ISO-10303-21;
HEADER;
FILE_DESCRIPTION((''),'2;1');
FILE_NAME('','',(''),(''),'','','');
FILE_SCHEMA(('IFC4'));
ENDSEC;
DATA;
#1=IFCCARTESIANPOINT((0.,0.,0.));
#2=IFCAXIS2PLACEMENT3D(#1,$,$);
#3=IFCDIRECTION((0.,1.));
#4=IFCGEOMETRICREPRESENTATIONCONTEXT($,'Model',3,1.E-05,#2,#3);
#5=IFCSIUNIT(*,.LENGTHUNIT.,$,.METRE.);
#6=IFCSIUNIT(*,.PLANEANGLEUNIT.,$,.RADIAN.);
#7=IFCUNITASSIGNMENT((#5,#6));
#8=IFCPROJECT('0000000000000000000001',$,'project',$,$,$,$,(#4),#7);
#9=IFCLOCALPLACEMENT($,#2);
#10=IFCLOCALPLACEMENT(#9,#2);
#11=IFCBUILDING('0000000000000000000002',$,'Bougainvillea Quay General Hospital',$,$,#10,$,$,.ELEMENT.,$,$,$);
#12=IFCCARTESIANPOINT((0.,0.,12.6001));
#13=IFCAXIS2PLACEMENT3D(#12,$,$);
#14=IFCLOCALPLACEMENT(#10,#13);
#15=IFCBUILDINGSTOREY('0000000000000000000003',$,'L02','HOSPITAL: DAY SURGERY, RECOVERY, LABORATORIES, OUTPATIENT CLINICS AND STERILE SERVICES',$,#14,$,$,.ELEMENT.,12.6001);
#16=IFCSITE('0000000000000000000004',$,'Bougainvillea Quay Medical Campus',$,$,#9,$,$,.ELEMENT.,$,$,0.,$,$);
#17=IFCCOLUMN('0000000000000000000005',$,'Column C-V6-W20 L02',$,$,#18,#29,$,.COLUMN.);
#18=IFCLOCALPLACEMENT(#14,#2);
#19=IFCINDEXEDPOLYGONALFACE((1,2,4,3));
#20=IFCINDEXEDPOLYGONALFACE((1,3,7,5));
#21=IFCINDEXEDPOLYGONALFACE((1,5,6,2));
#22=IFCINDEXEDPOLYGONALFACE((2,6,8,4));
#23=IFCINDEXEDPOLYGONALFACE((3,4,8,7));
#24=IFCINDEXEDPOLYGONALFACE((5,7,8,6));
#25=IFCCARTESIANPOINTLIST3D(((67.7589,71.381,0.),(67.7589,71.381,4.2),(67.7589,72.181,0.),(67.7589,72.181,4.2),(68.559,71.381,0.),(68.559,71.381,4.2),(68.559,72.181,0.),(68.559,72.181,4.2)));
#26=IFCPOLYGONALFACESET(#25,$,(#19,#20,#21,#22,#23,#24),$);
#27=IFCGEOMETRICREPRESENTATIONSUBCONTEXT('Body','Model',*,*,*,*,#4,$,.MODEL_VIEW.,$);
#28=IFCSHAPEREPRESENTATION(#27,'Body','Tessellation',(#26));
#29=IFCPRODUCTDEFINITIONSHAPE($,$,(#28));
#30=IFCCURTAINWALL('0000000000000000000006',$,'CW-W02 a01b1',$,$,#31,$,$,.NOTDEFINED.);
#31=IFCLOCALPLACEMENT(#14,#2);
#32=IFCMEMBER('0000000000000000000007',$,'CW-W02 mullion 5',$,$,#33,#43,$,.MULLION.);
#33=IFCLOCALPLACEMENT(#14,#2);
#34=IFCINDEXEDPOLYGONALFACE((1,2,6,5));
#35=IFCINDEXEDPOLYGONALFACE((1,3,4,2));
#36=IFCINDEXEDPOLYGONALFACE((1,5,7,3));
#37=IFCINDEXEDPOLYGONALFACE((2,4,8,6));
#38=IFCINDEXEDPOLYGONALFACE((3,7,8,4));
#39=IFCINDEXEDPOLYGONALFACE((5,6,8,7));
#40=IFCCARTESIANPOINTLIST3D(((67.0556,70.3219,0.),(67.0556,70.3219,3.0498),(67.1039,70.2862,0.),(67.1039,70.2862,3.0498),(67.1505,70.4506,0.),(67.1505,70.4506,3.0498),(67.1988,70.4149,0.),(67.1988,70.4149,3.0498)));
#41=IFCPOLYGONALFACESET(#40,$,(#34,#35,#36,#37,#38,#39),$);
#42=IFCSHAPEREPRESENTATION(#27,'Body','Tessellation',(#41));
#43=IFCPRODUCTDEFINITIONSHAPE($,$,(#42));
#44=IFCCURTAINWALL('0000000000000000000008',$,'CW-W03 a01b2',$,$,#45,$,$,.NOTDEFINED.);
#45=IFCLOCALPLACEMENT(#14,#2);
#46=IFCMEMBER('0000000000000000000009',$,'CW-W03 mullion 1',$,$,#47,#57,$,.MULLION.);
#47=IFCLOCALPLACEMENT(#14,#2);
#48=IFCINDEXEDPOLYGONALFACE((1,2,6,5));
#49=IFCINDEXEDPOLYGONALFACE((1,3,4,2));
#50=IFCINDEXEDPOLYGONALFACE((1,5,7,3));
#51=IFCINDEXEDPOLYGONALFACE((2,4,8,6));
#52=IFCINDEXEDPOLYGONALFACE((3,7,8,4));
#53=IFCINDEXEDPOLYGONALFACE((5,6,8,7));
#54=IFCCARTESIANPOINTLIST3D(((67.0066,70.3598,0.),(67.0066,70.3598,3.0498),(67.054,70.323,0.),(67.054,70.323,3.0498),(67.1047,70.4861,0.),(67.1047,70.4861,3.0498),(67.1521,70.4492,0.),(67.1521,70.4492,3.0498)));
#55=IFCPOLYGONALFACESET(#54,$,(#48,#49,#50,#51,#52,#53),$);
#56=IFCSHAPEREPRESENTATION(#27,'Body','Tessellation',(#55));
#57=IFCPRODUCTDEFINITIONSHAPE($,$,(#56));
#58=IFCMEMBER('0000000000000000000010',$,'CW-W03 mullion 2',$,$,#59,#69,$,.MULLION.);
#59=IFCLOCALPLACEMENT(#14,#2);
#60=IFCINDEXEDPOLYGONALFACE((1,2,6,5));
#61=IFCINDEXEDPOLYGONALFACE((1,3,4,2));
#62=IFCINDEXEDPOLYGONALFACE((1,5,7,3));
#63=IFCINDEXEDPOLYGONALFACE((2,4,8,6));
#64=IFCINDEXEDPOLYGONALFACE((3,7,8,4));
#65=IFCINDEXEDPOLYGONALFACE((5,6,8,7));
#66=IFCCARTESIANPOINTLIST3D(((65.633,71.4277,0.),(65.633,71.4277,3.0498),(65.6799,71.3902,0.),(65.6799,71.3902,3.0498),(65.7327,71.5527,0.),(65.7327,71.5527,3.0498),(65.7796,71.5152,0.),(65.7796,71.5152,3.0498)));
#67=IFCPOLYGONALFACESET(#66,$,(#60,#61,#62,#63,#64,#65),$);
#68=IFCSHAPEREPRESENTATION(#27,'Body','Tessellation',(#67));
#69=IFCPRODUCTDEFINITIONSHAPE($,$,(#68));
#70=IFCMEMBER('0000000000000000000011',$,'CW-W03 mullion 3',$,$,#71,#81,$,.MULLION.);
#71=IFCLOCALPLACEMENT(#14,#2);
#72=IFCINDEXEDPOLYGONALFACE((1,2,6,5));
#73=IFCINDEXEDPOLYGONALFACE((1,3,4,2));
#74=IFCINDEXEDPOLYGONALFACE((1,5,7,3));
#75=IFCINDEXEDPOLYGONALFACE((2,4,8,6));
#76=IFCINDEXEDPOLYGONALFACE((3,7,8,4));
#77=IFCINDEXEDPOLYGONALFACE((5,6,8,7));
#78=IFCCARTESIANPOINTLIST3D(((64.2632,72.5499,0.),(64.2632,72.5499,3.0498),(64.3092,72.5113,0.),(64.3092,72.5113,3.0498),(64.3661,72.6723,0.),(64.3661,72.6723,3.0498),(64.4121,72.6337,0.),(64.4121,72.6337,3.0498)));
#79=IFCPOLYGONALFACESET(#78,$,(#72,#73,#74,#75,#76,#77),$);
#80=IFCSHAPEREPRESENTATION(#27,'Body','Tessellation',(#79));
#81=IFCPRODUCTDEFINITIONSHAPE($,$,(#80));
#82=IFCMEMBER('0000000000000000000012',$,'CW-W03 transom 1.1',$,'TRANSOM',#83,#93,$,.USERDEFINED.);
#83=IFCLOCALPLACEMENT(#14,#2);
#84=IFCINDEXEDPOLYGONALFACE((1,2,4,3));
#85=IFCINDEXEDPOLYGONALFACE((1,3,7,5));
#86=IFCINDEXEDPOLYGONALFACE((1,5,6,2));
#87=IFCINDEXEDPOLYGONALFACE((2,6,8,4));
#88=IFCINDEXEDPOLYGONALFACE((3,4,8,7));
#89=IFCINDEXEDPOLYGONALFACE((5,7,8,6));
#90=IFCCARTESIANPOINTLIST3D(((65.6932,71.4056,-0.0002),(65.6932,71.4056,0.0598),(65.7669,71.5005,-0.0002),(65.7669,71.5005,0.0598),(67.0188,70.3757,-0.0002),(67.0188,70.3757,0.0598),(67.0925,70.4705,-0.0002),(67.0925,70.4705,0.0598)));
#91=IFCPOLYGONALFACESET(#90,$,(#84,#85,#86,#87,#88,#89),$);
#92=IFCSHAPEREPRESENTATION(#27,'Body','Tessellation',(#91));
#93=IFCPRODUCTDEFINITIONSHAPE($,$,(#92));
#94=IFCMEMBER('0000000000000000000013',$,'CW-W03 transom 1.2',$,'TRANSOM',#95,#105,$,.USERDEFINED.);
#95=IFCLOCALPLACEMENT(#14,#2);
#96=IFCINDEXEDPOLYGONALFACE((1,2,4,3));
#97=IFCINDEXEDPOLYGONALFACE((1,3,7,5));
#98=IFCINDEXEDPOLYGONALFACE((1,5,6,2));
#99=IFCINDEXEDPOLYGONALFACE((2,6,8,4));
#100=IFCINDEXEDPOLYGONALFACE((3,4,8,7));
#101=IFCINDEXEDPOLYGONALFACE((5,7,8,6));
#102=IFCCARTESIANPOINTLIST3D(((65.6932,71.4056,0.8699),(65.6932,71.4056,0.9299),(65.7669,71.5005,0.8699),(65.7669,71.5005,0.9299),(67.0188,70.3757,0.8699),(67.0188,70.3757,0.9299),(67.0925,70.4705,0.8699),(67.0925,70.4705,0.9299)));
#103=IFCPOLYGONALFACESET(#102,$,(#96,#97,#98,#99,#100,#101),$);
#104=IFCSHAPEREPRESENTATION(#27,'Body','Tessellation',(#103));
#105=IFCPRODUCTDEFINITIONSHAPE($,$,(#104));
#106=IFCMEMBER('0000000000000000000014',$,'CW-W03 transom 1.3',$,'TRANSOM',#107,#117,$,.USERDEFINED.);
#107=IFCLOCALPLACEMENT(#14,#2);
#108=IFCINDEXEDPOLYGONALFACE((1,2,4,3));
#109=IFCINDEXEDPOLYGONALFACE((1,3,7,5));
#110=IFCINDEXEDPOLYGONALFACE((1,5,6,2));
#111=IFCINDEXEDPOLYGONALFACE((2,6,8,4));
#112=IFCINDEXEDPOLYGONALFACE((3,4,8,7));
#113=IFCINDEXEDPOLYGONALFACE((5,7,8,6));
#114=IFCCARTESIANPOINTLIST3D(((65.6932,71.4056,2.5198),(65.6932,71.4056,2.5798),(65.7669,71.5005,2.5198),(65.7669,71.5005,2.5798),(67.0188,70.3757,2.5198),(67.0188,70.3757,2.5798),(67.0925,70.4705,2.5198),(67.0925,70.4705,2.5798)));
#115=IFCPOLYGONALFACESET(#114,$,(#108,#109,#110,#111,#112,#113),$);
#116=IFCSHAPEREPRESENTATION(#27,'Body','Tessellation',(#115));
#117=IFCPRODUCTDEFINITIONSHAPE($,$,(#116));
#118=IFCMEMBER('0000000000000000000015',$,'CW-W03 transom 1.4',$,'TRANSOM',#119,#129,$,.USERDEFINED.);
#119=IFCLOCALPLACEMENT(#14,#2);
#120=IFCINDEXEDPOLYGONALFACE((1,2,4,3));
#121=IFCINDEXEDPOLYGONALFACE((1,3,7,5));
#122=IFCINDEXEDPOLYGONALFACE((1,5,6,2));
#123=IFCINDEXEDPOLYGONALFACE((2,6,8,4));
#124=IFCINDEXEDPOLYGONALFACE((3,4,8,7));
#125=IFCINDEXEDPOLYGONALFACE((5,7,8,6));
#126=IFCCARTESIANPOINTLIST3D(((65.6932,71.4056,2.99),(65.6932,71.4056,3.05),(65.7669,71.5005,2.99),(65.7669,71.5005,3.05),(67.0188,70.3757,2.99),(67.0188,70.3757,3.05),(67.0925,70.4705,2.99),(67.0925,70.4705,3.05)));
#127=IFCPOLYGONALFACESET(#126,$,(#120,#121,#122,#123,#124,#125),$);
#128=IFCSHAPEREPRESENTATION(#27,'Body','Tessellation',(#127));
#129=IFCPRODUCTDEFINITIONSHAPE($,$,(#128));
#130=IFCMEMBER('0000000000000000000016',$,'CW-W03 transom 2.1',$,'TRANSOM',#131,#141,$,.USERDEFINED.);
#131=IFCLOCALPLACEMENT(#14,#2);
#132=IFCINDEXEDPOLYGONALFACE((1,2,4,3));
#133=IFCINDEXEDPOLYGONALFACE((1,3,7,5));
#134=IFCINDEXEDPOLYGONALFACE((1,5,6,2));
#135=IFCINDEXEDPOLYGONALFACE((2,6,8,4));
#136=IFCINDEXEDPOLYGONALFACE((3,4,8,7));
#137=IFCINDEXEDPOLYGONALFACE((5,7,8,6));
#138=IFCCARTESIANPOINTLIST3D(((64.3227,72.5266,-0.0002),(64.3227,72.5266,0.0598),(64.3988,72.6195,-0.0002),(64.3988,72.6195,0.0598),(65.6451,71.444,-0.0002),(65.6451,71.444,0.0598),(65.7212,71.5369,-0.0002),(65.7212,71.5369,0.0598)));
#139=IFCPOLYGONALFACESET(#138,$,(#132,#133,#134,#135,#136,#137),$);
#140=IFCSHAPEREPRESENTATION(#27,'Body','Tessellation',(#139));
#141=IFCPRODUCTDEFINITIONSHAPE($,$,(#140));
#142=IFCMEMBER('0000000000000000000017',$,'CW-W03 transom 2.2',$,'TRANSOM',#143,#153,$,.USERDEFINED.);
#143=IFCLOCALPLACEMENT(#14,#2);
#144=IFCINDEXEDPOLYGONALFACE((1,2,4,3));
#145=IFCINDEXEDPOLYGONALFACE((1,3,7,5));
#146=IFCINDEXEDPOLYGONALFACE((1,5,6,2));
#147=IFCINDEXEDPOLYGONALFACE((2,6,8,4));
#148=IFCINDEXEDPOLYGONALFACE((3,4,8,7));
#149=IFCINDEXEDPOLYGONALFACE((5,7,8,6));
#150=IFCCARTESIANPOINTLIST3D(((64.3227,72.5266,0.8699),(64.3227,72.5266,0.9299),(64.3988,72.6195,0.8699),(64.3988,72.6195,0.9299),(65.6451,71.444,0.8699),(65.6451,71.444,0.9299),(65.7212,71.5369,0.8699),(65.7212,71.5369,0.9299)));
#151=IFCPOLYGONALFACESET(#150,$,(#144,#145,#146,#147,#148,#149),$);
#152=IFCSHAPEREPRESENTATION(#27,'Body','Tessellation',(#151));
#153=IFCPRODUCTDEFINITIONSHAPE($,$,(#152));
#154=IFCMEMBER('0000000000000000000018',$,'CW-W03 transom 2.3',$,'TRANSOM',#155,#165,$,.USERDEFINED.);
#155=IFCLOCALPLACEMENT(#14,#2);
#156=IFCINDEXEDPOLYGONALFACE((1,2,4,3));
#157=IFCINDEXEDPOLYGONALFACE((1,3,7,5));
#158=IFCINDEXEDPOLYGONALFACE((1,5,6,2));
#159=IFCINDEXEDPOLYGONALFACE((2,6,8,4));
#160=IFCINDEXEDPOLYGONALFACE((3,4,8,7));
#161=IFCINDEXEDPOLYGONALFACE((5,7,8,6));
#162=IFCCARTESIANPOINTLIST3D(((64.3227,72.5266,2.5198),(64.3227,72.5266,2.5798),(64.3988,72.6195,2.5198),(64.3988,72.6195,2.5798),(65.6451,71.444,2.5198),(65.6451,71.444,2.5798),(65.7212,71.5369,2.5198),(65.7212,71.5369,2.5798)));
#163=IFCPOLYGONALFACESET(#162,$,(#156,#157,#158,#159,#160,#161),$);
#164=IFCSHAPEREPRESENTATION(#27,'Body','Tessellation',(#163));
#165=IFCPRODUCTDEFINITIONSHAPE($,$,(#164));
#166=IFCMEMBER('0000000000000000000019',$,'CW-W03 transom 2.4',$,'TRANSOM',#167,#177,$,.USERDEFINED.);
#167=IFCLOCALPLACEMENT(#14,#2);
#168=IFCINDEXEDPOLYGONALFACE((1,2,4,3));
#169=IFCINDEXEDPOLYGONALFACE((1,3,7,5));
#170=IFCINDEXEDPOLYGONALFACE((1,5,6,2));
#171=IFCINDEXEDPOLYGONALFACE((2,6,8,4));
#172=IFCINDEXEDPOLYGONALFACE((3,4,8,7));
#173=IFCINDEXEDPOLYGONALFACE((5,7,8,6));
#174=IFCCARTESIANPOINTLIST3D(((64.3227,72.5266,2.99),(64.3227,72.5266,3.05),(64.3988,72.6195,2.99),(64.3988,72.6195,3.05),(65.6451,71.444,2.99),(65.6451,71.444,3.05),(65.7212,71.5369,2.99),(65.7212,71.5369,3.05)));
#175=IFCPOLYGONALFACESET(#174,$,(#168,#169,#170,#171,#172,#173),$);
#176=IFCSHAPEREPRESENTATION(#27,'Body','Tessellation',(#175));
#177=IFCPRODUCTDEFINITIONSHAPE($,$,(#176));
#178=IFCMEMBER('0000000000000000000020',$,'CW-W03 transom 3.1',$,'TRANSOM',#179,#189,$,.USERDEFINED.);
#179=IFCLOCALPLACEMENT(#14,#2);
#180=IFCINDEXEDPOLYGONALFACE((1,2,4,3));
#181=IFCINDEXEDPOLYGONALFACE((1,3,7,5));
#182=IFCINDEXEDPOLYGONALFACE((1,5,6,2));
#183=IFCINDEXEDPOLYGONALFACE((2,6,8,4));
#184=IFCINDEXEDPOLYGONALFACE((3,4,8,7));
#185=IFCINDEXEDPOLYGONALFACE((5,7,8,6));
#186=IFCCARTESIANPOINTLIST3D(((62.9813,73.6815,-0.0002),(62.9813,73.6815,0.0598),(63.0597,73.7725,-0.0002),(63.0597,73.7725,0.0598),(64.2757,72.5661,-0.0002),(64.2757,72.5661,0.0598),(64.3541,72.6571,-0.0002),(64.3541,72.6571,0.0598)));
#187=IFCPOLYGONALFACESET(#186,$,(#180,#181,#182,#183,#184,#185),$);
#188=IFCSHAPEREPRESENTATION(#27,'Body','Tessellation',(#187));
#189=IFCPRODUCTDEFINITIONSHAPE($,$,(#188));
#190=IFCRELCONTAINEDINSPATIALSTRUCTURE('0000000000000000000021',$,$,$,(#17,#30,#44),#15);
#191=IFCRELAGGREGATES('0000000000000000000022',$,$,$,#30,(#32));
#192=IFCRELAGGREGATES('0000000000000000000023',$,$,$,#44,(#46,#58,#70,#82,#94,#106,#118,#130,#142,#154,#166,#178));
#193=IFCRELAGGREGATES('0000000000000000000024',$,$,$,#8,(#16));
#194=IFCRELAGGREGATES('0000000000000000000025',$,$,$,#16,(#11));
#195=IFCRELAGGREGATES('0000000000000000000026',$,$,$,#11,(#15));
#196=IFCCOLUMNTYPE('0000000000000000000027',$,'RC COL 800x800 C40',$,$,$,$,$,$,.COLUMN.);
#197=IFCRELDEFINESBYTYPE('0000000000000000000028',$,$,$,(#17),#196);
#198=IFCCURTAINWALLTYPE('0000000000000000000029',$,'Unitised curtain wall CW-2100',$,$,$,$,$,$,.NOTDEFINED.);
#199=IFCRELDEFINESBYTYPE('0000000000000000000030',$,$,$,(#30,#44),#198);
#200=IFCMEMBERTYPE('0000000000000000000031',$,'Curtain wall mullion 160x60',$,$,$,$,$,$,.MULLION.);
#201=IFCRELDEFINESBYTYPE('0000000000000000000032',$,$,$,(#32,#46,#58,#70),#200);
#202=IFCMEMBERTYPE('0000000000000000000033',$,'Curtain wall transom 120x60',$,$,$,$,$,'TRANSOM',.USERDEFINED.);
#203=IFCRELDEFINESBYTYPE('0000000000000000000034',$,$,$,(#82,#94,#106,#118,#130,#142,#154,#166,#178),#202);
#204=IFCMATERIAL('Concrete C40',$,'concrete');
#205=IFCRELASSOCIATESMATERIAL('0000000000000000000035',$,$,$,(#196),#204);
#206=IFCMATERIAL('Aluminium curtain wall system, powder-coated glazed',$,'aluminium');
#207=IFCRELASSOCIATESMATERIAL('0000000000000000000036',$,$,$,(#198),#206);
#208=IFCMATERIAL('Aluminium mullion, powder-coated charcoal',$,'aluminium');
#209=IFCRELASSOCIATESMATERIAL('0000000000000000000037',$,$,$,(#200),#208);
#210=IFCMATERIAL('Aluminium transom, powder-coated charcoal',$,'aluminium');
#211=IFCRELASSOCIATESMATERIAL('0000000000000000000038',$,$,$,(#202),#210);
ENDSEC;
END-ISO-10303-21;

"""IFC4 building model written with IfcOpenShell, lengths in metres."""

from ifc_helpers import new_model, si_unit, direction, frame, origin, origin_2d, place, context, subcontext, project, spatial, rectangle, extrude, material, material_profile, profile_set, type_object, element, aggregate, save


model = new_model("IFC4")

# Units and contexts
model_context = context("Model", 3, precision=1e-05, world=origin(), true_north=direction((0.0, 1.0)))
body_context = subcontext(model_context, "Body", "Model", "MODEL_VIEW")
ifc_project = project(units=[si_unit("LENGTHUNIT", "METRE"), si_unit("PLANEANGLEUNIT", "RADIAN")], contexts=[model_context])

# Site, building, storey
site_placement = place(None, origin())
site = spatial("IfcSite", under=ifc_project, at=site_placement, Name="Bougainvillea Quay Medical Campus", CompositionType="ELEMENT", RefElevation=0.0)
building_placement = place(site_placement, origin())
building = spatial("IfcBuilding", under=site, at=building_placement, Name="Bougainvillea Quay General Hospital", CompositionType="ELEMENT")
storey_placement = place(building_placement, frame((0.0, 0.0, 12.6001)))
storey = spatial("IfcBuildingStorey", under=building, at=storey_placement, Name="L02", Description="HOSPITAL: DAY SURGERY, RECOVERY, LABORATORIES, OUTPATIENT CLINICS AND STERILE SERVICES", CompositionType="ELEMENT", Elevation=12.6001)

# Column
ifc_material_1 = material(Name="Concrete C40", Category="concrete")
ifc_material_profile_1 = material_profile(ifc_material_1, rectangle(XDim=0.8, YDim=0.8, at=origin_2d()))
ifc_profile_set_1 = profile_set([ifc_material_profile_1], Name="Concrete C40")
column_type = type_object("IfcColumnType", Name="RC COL 800x800 C40", PredefinedType="COLUMN", material=ifc_profile_set_1)
column_placement = place(storey_placement, frame((68.1589, 71.781, 0.0), z_axis=(0.0, 0.0, 1.0), x_axis=(1.0, 0.0, 0.0)))
element("IfcColumn", 1, at=column_placement, inside=storey, type_object=column_type, Name="Column C-V6-W20 L02", PredefinedType="COLUMN", context=body_context, shape_type="SweptSolid", body=[
    extrude(rectangle(XDim=0.8, YDim=0.8, at=origin_2d()), origin(), (0.0, 0.0, 1.0), 4.2),
])

# Curtain wall, member
ifc_material_2 = material(Name="Aluminium curtain wall system, powder-coated glazed", Category="aluminium")
curtain_wall_type = type_object("IfcCurtainWallType", Name="Unitised curtain wall CW-2100", PredefinedType="NOTDEFINED", material=ifc_material_2)
curtain_wall_1_placement = place(storey_placement, origin())
curtain_wall_1 = element("IfcCurtainWall", 2, at=curtain_wall_1_placement, inside=storey, type_object=curtain_wall_type, Name="CW-W02 a01b1", PredefinedType="NOTDEFINED")
ifc_material_3 = material(Name="Aluminium mullion, powder-coated charcoal", Category="aluminium")
ifc_material_profile_2 = material_profile(ifc_material_3, rectangle(XDim=0.1599, YDim=0.0601, at=origin_2d()))
ifc_profile_set_2 = profile_set([ifc_material_profile_2], Name="Aluminium mullion, powder-coated charcoal")
member_type_1 = type_object("IfcMemberType", Name="Curtain wall mullion 160x60", PredefinedType="MULLION", material=ifc_profile_set_2)
member_1_placement = place(storey_placement, frame((67.1272, 70.3684, 0.0), z_axis=(0.0, 0.0, 1.0), x_axis=(-0.593384, -0.80492, 0.0)))
member_1 = element("IfcMember", 3, at=member_1_placement, type_object=member_type_1, Name="CW-W02 mullion 5", PredefinedType="MULLION", context=body_context, shape_type="SweptSolid", body=[
    extrude(rectangle(XDim=0.1599, YDim=0.0601, at=origin_2d()), origin(), (0.0, 0.0, 1.0), 3.0498),
])
aggregate(curtain_wall_1, [member_1])

# Curtain wall, members
curtain_wall_2_placement = place(storey_placement, origin())
curtain_wall_2 = element("IfcCurtainWall", 4, at=curtain_wall_2_placement, inside=storey, type_object=curtain_wall_type, Name="CW-W03 a01b2", PredefinedType="NOTDEFINED")
member_2_placement = place(storey_placement, frame((67.0793, 70.4045, 0.0), z_axis=(0.0, 0.0, 1.0), x_axis=(-0.613603, -0.789614, 0.0)))
member_2 = element("IfcMember", 5, at=member_2_placement, type_object=member_type_1, Name="CW-W03 mullion 1", PredefinedType="MULLION", context=body_context, shape_type="SweptSolid", body=[
    extrude(rectangle(XDim=0.1599, YDim=0.0601, at=origin_2d()), origin(), (0.0, 0.0, 1.0), 3.0498),
])
member_3_placement = place(storey_placement, frame((65.7063, 71.4714, 0.0), z_axis=(0.0, 0.0, 1.0), x_axis=(-0.623566, -0.781771, 0.0)))
member_3 = element("IfcMember", 6, at=member_3_placement, type_object=member_type_1, Name="CW-W03 mullion 2", PredefinedType="MULLION", context=body_context, shape_type="SweptSolid", body=[
    extrude(rectangle(XDim=0.1599, YDim=0.0601, at=origin_2d()), origin(), (0.0, 0.0, 1.0), 3.0498),
])
member_4_placement = place(storey_placement, frame((64.3376, 72.5918, 0.0), z_axis=(0.0, 0.0, 1.0), x_axis=(-0.643189, -0.765708, 0.0)))
member_4 = element("IfcMember", 7, at=member_4_placement, type_object=member_type_1, Name="CW-W03 mullion 3", PredefinedType="MULLION", context=body_context, shape_type="SweptSolid", body=[
    extrude(rectangle(XDim=0.1599, YDim=0.0601, at=origin_2d()), origin(), (0.0, 0.0, 1.0), 3.0498),
])
ifc_material_4 = material(Name="Aluminium transom, powder-coated charcoal", Category="aluminium")
ifc_material_profile_3 = material_profile(ifc_material_4, rectangle(XDim=0.1201, YDim=0.0601, at=origin_2d()))
ifc_profile_set_3 = profile_set([ifc_material_profile_3], Name="Aluminium transom, powder-coated charcoal")
member_type_2 = type_object("IfcMemberType", Name="Curtain wall transom 120x60", ElementType="TRANSOM", PredefinedType="USERDEFINED", material=ifc_profile_set_3)
member_5_placement = place(storey_placement, frame((67.0557, 70.4231, 0.0298), z_axis=(-0.789658, 0.613548, 0.0), x_axis=(-0.613548, -0.789658, 0.0)))
member_5 = element("IfcMember", 8, at=member_5_placement, type_object=member_type_2, Name="CW-W03 transom 1.1", ObjectType="TRANSOM", PredefinedType="USERDEFINED", context=body_context, shape_type="SweptSolid", body=[
    extrude(rectangle(XDim=0.1201, YDim=0.0601, at=origin_2d()), origin(), (0.0, 0.0, 1.0), 1.6787),
])
member_6_placement = place(storey_placement, frame((67.0557, 70.4231, 0.8999), z_axis=(-0.789658, 0.613548, 0.0), x_axis=(-0.613548, -0.789658, 0.0)))
member_6 = element("IfcMember", 9, at=member_6_placement, type_object=member_type_2, Name="CW-W03 transom 1.2", ObjectType="TRANSOM", PredefinedType="USERDEFINED", context=body_context, shape_type="SweptSolid", body=[
    extrude(rectangle(XDim=0.1201, YDim=0.0601, at=origin_2d()), origin(), (0.0, 0.0, 1.0), 1.6787),
])
member_7_placement = place(storey_placement, frame((67.0557, 70.4231, 2.5498), z_axis=(-0.789658, 0.613548, 0.0), x_axis=(-0.613548, -0.789658, 0.0)))
member_7 = element("IfcMember", 10, at=member_7_placement, type_object=member_type_2, Name="CW-W03 transom 1.3", ObjectType="TRANSOM", PredefinedType="USERDEFINED", context=body_context, shape_type="SweptSolid", body=[
    extrude(rectangle(XDim=0.1201, YDim=0.0601, at=origin_2d()), origin(), (0.0, 0.0, 1.0), 1.6787),
])
member_8_placement = place(storey_placement, frame((67.0557, 70.4231, 3.02), z_axis=(-0.789658, 0.613548, 0.0), x_axis=(-0.613548, -0.789658, 0.0)))
member_8 = element("IfcMember", 11, at=member_8_placement, type_object=member_type_2, Name="CW-W03 transom 1.4", ObjectType="TRANSOM", PredefinedType="USERDEFINED", context=body_context, shape_type="SweptSolid", body=[
    extrude(rectangle(XDim=0.1201, YDim=0.0601, at=origin_2d()), origin(), (0.0, 0.0, 1.0), 1.6787),
])
member_9_placement = place(storey_placement, frame((65.6831, 71.4905, 0.0298), z_axis=(-0.773766, 0.633471, 0.0), x_axis=(-0.633471, -0.773766, 0.0)))
member_9 = element("IfcMember", 12, at=member_9_placement, type_object=member_type_2, Name="CW-W03 transom 2.1", ObjectType="TRANSOM", PredefinedType="USERDEFINED", context=body_context, shape_type="SweptSolid", body=[
    extrude(rectangle(XDim=0.1201, YDim=0.0601, at=origin_2d()), origin(), (0.0, 0.0, 1.0), 1.709),
])
member_10_placement = place(storey_placement, frame((65.6831, 71.4905, 0.8999), z_axis=(-0.773766, 0.633471, 0.0), x_axis=(-0.633471, -0.773766, 0.0)))
member_10 = element("IfcMember", 13, at=member_10_placement, type_object=member_type_2, Name="CW-W03 transom 2.2", ObjectType="TRANSOM", PredefinedType="USERDEFINED", context=body_context, shape_type="SweptSolid", body=[
    extrude(rectangle(XDim=0.1201, YDim=0.0601, at=origin_2d()), origin(), (0.0, 0.0, 1.0), 1.709),
])
member_11_placement = place(storey_placement, frame((65.6831, 71.4905, 2.5498), z_axis=(-0.773766, 0.633471, 0.0), x_axis=(-0.633471, -0.773766, 0.0)))
member_11 = element("IfcMember", 14, at=member_11_placement, type_object=member_type_2, Name="CW-W03 transom 2.3", ObjectType="TRANSOM", PredefinedType="USERDEFINED", context=body_context, shape_type="SweptSolid", body=[
    extrude(rectangle(XDim=0.1201, YDim=0.0601, at=origin_2d()), origin(), (0.0, 0.0, 1.0), 1.709),
])
member_12_placement = place(storey_placement, frame((65.6831, 71.4905, 3.02), z_axis=(-0.773766, 0.633471, 0.0), x_axis=(-0.633471, -0.773766, 0.0)))
member_12 = element("IfcMember", 15, at=member_12_placement, type_object=member_type_2, Name="CW-W03 transom 2.4", ObjectType="TRANSOM", PredefinedType="USERDEFINED", context=body_context, shape_type="SweptSolid", body=[
    extrude(rectangle(XDim=0.1201, YDim=0.0601, at=origin_2d()), origin(), (0.0, 0.0, 1.0), 1.709),
])
member_13_placement = place(storey_placement, frame((64.3149, 72.6116, 0.0298), z_axis=(-0.757529, 0.652801, 0.0), x_axis=(-0.652801, -0.757529, 0.0)))
member_13 = element("IfcMember", 16, at=member_13_placement, type_object=member_type_2, Name="CW-W03 transom 3.1", ObjectType="TRANSOM", PredefinedType="USERDEFINED", context=body_context, shape_type="SweptSolid", body=[
    extrude(rectangle(XDim=0.1201, YDim=0.0601, at=origin_2d()), origin(), (0.0, 0.0, 1.0), 1.7087),
])
aggregate(curtain_wall_2, [member_2, member_3, member_4, member_5, member_6, member_7, member_8, member_9, member_10, member_11, member_12, member_13])

save(model, "model.ifc")
